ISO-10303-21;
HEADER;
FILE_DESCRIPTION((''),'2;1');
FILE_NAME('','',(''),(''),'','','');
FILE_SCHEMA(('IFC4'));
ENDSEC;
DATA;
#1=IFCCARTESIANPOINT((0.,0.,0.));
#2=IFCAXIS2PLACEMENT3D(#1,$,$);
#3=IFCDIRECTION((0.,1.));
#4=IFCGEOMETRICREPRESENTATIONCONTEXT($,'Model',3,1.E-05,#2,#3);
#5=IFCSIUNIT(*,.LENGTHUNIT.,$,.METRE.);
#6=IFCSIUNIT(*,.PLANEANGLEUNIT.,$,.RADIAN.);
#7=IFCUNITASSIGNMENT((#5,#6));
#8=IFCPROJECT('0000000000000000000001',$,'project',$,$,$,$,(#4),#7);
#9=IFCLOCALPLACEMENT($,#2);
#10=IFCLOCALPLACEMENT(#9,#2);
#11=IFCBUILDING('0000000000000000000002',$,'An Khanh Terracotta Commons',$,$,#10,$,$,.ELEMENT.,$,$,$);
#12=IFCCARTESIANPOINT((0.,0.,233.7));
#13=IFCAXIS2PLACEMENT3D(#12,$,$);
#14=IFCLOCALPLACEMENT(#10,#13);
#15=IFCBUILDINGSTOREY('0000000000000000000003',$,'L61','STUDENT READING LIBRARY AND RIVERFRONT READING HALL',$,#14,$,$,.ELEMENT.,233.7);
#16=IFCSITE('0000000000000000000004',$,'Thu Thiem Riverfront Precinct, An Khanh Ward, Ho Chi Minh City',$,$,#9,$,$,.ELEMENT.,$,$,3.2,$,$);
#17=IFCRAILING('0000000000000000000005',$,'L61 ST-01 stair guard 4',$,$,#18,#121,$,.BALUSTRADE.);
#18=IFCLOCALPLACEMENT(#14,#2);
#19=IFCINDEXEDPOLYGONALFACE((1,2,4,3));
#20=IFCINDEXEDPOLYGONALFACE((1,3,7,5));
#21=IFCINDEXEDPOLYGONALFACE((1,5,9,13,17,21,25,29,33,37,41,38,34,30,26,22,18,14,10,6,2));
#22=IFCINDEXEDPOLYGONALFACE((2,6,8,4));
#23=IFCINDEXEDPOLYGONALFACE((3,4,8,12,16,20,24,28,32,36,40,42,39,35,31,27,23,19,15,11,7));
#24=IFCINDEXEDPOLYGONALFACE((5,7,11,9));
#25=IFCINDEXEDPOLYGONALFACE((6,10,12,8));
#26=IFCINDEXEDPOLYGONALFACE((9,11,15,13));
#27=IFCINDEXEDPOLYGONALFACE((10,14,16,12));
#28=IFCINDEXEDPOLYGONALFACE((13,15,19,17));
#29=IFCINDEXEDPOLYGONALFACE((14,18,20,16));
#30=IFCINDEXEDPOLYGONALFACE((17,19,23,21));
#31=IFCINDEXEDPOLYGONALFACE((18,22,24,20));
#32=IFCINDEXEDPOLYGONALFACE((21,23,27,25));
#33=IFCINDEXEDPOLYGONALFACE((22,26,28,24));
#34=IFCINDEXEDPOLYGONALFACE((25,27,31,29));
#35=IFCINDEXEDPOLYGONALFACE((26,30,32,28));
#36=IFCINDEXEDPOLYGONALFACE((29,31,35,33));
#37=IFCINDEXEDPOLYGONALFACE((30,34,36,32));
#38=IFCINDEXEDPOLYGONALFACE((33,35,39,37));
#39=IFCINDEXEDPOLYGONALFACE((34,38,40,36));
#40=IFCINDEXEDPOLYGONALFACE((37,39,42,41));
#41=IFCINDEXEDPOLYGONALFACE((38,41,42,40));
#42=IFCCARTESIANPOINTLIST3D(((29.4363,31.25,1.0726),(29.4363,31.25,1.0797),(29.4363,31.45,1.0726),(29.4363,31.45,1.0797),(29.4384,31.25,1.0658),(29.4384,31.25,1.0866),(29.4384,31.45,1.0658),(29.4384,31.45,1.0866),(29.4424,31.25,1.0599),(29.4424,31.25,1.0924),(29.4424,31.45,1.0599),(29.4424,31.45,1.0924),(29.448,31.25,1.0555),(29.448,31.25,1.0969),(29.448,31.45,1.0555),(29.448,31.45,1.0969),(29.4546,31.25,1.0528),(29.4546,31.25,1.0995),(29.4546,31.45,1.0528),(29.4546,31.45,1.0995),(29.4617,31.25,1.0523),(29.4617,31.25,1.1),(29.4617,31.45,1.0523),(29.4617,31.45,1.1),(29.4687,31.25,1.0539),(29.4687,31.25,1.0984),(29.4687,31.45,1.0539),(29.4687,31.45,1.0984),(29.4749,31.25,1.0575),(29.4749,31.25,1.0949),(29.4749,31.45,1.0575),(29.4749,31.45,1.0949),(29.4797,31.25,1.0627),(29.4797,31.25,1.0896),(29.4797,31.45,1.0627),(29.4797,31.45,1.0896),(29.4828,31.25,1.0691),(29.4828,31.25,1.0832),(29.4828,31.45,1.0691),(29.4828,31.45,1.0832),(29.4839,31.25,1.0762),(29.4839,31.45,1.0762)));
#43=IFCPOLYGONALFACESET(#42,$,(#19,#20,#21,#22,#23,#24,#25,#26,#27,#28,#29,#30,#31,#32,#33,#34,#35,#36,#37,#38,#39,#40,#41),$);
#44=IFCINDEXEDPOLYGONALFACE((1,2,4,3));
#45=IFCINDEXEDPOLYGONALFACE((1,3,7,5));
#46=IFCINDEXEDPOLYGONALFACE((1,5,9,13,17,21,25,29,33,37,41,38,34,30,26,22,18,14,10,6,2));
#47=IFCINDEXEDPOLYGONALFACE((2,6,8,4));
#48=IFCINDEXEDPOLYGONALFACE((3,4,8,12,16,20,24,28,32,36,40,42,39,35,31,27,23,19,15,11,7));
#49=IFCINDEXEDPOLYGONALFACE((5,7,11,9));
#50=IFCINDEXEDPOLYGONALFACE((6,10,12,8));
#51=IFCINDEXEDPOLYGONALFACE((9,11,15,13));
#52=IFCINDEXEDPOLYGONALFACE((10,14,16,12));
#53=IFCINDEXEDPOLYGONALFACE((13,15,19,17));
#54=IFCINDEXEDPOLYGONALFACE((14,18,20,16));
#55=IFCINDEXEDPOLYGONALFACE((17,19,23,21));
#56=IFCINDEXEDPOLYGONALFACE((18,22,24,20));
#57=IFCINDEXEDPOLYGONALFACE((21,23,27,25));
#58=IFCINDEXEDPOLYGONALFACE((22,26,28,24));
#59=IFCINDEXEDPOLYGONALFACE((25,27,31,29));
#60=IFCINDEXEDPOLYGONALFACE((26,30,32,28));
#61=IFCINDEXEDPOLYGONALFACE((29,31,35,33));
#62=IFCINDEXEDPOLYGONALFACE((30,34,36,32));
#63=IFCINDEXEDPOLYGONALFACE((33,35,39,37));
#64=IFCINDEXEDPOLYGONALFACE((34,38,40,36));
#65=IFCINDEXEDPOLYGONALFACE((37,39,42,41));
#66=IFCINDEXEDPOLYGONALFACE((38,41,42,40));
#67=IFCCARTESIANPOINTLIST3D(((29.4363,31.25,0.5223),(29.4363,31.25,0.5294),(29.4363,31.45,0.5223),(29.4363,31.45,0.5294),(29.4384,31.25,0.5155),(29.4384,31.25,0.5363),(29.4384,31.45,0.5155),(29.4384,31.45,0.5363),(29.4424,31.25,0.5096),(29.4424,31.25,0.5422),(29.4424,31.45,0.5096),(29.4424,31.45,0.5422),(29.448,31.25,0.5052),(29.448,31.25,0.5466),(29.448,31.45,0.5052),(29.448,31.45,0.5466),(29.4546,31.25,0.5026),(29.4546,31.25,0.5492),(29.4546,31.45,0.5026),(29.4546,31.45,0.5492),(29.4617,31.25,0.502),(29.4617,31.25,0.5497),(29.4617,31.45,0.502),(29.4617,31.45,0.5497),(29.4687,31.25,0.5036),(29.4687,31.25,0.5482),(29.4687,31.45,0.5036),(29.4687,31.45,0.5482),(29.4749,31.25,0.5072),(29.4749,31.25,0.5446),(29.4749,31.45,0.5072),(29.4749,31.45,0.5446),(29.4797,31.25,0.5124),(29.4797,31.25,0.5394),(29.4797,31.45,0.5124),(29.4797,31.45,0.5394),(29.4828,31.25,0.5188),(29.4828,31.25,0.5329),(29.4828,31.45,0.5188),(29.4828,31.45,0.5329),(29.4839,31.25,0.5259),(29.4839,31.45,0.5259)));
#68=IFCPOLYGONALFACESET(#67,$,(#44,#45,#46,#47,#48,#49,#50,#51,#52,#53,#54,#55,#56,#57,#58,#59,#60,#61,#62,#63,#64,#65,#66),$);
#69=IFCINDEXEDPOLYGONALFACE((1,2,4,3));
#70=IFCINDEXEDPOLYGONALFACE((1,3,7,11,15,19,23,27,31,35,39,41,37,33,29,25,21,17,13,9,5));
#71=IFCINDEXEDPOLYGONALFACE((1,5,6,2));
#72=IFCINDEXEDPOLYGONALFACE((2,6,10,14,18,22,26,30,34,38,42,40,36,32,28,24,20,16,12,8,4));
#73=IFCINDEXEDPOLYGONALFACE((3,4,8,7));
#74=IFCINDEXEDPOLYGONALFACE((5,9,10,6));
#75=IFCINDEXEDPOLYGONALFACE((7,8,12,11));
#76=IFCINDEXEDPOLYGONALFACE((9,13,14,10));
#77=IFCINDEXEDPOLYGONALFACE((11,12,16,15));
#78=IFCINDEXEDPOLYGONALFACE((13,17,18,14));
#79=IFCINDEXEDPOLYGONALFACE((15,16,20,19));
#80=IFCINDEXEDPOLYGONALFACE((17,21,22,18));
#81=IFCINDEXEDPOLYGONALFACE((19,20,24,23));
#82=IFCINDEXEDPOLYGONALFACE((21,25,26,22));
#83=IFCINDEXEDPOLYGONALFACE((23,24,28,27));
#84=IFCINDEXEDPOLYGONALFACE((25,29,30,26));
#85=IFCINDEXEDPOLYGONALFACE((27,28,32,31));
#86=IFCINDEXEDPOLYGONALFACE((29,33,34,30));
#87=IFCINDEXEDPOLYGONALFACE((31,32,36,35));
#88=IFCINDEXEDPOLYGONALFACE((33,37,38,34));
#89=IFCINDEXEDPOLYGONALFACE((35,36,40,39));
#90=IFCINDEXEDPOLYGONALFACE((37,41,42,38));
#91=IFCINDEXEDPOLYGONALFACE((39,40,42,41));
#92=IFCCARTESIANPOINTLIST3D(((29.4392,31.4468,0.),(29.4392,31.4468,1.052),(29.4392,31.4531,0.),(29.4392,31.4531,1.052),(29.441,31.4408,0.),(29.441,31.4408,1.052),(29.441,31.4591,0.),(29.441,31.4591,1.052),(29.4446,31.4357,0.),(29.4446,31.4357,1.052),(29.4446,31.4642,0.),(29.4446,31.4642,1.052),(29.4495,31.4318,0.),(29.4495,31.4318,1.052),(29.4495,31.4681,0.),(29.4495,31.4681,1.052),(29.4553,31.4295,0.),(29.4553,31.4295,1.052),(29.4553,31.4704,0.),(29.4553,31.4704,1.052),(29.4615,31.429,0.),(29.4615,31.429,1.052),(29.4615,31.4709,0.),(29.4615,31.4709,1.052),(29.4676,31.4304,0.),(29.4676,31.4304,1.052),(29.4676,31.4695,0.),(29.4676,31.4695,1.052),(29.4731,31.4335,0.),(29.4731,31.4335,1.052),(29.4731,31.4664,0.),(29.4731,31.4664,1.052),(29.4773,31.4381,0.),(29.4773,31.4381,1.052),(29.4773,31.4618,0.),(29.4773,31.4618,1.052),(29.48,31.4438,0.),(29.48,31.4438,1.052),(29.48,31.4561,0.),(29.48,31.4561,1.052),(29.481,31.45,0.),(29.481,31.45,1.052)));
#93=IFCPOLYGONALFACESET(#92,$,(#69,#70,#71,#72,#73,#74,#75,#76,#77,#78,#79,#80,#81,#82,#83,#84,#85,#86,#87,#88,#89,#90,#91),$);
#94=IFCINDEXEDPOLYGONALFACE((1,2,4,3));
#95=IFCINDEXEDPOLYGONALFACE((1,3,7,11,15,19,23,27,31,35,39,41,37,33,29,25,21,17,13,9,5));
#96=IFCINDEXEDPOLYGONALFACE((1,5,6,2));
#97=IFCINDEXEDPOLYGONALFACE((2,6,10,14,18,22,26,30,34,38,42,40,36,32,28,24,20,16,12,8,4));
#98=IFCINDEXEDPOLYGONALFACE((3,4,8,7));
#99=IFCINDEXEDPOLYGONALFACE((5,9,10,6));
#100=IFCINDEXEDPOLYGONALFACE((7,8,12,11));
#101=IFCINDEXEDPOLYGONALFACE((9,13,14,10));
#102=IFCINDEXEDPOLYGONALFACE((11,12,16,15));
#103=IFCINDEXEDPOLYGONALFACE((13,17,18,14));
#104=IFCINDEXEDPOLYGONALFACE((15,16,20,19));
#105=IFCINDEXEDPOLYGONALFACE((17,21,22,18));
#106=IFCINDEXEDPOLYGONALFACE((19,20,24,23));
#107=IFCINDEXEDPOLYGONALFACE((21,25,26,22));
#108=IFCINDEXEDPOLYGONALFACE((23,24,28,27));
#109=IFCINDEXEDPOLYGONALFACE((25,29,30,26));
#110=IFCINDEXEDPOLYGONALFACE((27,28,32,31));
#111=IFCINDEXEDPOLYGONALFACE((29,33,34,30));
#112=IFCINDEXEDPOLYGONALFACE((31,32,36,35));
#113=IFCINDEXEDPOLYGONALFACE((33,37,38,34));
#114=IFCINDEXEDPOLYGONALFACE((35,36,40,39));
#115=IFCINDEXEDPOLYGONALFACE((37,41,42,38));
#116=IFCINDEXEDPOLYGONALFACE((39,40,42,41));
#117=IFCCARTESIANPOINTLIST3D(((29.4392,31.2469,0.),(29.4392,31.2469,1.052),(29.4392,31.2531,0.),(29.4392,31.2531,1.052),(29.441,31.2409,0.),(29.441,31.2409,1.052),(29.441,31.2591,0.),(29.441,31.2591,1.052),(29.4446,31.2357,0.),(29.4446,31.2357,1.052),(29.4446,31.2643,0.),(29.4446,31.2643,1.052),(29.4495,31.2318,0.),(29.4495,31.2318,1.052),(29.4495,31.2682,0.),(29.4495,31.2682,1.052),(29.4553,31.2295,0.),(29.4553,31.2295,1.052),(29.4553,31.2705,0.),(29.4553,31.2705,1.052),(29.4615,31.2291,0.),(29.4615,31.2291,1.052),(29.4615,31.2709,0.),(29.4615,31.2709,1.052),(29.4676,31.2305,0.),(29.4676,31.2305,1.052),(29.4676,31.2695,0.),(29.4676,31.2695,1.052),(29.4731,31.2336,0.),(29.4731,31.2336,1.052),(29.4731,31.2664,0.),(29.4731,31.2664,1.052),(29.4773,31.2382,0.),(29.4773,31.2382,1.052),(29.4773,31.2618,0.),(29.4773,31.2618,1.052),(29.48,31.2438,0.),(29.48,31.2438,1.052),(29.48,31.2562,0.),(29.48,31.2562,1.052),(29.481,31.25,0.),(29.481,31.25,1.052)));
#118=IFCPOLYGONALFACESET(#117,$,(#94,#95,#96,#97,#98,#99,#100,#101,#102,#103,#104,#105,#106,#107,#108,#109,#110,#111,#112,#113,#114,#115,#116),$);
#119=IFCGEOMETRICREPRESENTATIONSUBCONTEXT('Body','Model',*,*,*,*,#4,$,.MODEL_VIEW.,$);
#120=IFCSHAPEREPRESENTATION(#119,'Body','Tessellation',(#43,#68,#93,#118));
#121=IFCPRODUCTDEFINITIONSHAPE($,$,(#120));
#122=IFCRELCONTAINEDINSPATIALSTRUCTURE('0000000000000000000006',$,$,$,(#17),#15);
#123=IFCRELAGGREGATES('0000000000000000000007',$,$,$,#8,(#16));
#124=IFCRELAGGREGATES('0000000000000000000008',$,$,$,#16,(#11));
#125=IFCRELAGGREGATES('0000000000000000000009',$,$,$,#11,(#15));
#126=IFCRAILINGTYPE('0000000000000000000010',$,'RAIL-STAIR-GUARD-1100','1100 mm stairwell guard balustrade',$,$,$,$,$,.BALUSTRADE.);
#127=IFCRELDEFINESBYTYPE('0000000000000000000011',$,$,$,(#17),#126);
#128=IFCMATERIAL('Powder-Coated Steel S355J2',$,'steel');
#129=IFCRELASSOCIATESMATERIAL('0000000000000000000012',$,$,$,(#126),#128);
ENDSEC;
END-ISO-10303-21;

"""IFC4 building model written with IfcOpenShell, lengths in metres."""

from ifc_helpers import new_model, si_unit, direction, frame, origin, origin_2d, place, context, subcontext, project, spatial, circle, extrude, material, type_object, element, save


model = new_model("IFC4")

# Units and contexts
model_context = context("Model", 3, precision=1e-05, world=origin(), true_north=direction((0.0, 1.0)))
body_context = subcontext(model_context, "Body", "Model", "MODEL_VIEW")
ifc_project = project(units=[si_unit("LENGTHUNIT", "METRE"), si_unit("PLANEANGLEUNIT", "RADIAN")], contexts=[model_context])

# Site, building, storey
site_placement = place(None, origin())
site = spatial("IfcSite", under=ifc_project, at=site_placement, Name="Thu Thiem Riverfront Precinct, An Khanh Ward, Ho Chi Minh City", CompositionType="ELEMENT", RefElevation=3.2)
building_placement = place(site_placement, origin())
building = spatial("IfcBuilding", under=site, at=building_placement, Name="An Khanh Terracotta Commons", CompositionType="ELEMENT")
storey_placement = place(building_placement, frame((0.0, 0.0, 233.7)))
storey = spatial("IfcBuildingStorey", under=building, at=storey_placement, Name="L61", Description="STUDENT READING LIBRARY AND RIVERFRONT READING HALL", CompositionType="ELEMENT", Elevation=233.7)

# Railing
ifc_material_1 = material(Name="Powder-Coated Steel S355J2", Category="steel")
railing_type_1 = type_object("IfcRailingType", Name="RAIL-STAIR-GUARD-1100", Description="1100 mm stairwell guard balustrade", PredefinedType="BALUSTRADE", material=ifc_material_1)
railing_1_placement = place(storey_placement, frame((29.46, 31.45, 0.0)))
element("IfcRailing", 1, at=railing_1_placement, inside=storey, type_object=railing_type_1, Name="L61 ST-01 stair guard 4", PredefinedType="BALUSTRADE", context=body_context, shape_type="SweptSolid", body=[
    extrude(circle(Radius=0.0239, at=origin_2d()), frame((0.0, 0.0, 1.0762), z_axis=(0.0, -1.0, 0.0), x_axis=(1.0, 0.0, 0.0)), (0.0, 0.0, 1.0), 0.2),
    extrude(circle(Radius=0.0239, at=origin_2d()), frame((0.0, 0.0, 0.5259), z_axis=(0.0, -1.0, 0.0), x_axis=(1.0, 0.0, 0.0)), (0.0, 0.0, 1.0), 0.2),
    extrude(circle(Radius=0.021, at=origin_2d()), origin(), (0.0, 0.0, 1.0), 1.052),
    extrude(circle(Radius=0.021, at=origin_2d()), frame((0.0, -0.2, 0.0)), (0.0, 0.0, 1.0), 1.052),
])

save(model, "model.ifc")
